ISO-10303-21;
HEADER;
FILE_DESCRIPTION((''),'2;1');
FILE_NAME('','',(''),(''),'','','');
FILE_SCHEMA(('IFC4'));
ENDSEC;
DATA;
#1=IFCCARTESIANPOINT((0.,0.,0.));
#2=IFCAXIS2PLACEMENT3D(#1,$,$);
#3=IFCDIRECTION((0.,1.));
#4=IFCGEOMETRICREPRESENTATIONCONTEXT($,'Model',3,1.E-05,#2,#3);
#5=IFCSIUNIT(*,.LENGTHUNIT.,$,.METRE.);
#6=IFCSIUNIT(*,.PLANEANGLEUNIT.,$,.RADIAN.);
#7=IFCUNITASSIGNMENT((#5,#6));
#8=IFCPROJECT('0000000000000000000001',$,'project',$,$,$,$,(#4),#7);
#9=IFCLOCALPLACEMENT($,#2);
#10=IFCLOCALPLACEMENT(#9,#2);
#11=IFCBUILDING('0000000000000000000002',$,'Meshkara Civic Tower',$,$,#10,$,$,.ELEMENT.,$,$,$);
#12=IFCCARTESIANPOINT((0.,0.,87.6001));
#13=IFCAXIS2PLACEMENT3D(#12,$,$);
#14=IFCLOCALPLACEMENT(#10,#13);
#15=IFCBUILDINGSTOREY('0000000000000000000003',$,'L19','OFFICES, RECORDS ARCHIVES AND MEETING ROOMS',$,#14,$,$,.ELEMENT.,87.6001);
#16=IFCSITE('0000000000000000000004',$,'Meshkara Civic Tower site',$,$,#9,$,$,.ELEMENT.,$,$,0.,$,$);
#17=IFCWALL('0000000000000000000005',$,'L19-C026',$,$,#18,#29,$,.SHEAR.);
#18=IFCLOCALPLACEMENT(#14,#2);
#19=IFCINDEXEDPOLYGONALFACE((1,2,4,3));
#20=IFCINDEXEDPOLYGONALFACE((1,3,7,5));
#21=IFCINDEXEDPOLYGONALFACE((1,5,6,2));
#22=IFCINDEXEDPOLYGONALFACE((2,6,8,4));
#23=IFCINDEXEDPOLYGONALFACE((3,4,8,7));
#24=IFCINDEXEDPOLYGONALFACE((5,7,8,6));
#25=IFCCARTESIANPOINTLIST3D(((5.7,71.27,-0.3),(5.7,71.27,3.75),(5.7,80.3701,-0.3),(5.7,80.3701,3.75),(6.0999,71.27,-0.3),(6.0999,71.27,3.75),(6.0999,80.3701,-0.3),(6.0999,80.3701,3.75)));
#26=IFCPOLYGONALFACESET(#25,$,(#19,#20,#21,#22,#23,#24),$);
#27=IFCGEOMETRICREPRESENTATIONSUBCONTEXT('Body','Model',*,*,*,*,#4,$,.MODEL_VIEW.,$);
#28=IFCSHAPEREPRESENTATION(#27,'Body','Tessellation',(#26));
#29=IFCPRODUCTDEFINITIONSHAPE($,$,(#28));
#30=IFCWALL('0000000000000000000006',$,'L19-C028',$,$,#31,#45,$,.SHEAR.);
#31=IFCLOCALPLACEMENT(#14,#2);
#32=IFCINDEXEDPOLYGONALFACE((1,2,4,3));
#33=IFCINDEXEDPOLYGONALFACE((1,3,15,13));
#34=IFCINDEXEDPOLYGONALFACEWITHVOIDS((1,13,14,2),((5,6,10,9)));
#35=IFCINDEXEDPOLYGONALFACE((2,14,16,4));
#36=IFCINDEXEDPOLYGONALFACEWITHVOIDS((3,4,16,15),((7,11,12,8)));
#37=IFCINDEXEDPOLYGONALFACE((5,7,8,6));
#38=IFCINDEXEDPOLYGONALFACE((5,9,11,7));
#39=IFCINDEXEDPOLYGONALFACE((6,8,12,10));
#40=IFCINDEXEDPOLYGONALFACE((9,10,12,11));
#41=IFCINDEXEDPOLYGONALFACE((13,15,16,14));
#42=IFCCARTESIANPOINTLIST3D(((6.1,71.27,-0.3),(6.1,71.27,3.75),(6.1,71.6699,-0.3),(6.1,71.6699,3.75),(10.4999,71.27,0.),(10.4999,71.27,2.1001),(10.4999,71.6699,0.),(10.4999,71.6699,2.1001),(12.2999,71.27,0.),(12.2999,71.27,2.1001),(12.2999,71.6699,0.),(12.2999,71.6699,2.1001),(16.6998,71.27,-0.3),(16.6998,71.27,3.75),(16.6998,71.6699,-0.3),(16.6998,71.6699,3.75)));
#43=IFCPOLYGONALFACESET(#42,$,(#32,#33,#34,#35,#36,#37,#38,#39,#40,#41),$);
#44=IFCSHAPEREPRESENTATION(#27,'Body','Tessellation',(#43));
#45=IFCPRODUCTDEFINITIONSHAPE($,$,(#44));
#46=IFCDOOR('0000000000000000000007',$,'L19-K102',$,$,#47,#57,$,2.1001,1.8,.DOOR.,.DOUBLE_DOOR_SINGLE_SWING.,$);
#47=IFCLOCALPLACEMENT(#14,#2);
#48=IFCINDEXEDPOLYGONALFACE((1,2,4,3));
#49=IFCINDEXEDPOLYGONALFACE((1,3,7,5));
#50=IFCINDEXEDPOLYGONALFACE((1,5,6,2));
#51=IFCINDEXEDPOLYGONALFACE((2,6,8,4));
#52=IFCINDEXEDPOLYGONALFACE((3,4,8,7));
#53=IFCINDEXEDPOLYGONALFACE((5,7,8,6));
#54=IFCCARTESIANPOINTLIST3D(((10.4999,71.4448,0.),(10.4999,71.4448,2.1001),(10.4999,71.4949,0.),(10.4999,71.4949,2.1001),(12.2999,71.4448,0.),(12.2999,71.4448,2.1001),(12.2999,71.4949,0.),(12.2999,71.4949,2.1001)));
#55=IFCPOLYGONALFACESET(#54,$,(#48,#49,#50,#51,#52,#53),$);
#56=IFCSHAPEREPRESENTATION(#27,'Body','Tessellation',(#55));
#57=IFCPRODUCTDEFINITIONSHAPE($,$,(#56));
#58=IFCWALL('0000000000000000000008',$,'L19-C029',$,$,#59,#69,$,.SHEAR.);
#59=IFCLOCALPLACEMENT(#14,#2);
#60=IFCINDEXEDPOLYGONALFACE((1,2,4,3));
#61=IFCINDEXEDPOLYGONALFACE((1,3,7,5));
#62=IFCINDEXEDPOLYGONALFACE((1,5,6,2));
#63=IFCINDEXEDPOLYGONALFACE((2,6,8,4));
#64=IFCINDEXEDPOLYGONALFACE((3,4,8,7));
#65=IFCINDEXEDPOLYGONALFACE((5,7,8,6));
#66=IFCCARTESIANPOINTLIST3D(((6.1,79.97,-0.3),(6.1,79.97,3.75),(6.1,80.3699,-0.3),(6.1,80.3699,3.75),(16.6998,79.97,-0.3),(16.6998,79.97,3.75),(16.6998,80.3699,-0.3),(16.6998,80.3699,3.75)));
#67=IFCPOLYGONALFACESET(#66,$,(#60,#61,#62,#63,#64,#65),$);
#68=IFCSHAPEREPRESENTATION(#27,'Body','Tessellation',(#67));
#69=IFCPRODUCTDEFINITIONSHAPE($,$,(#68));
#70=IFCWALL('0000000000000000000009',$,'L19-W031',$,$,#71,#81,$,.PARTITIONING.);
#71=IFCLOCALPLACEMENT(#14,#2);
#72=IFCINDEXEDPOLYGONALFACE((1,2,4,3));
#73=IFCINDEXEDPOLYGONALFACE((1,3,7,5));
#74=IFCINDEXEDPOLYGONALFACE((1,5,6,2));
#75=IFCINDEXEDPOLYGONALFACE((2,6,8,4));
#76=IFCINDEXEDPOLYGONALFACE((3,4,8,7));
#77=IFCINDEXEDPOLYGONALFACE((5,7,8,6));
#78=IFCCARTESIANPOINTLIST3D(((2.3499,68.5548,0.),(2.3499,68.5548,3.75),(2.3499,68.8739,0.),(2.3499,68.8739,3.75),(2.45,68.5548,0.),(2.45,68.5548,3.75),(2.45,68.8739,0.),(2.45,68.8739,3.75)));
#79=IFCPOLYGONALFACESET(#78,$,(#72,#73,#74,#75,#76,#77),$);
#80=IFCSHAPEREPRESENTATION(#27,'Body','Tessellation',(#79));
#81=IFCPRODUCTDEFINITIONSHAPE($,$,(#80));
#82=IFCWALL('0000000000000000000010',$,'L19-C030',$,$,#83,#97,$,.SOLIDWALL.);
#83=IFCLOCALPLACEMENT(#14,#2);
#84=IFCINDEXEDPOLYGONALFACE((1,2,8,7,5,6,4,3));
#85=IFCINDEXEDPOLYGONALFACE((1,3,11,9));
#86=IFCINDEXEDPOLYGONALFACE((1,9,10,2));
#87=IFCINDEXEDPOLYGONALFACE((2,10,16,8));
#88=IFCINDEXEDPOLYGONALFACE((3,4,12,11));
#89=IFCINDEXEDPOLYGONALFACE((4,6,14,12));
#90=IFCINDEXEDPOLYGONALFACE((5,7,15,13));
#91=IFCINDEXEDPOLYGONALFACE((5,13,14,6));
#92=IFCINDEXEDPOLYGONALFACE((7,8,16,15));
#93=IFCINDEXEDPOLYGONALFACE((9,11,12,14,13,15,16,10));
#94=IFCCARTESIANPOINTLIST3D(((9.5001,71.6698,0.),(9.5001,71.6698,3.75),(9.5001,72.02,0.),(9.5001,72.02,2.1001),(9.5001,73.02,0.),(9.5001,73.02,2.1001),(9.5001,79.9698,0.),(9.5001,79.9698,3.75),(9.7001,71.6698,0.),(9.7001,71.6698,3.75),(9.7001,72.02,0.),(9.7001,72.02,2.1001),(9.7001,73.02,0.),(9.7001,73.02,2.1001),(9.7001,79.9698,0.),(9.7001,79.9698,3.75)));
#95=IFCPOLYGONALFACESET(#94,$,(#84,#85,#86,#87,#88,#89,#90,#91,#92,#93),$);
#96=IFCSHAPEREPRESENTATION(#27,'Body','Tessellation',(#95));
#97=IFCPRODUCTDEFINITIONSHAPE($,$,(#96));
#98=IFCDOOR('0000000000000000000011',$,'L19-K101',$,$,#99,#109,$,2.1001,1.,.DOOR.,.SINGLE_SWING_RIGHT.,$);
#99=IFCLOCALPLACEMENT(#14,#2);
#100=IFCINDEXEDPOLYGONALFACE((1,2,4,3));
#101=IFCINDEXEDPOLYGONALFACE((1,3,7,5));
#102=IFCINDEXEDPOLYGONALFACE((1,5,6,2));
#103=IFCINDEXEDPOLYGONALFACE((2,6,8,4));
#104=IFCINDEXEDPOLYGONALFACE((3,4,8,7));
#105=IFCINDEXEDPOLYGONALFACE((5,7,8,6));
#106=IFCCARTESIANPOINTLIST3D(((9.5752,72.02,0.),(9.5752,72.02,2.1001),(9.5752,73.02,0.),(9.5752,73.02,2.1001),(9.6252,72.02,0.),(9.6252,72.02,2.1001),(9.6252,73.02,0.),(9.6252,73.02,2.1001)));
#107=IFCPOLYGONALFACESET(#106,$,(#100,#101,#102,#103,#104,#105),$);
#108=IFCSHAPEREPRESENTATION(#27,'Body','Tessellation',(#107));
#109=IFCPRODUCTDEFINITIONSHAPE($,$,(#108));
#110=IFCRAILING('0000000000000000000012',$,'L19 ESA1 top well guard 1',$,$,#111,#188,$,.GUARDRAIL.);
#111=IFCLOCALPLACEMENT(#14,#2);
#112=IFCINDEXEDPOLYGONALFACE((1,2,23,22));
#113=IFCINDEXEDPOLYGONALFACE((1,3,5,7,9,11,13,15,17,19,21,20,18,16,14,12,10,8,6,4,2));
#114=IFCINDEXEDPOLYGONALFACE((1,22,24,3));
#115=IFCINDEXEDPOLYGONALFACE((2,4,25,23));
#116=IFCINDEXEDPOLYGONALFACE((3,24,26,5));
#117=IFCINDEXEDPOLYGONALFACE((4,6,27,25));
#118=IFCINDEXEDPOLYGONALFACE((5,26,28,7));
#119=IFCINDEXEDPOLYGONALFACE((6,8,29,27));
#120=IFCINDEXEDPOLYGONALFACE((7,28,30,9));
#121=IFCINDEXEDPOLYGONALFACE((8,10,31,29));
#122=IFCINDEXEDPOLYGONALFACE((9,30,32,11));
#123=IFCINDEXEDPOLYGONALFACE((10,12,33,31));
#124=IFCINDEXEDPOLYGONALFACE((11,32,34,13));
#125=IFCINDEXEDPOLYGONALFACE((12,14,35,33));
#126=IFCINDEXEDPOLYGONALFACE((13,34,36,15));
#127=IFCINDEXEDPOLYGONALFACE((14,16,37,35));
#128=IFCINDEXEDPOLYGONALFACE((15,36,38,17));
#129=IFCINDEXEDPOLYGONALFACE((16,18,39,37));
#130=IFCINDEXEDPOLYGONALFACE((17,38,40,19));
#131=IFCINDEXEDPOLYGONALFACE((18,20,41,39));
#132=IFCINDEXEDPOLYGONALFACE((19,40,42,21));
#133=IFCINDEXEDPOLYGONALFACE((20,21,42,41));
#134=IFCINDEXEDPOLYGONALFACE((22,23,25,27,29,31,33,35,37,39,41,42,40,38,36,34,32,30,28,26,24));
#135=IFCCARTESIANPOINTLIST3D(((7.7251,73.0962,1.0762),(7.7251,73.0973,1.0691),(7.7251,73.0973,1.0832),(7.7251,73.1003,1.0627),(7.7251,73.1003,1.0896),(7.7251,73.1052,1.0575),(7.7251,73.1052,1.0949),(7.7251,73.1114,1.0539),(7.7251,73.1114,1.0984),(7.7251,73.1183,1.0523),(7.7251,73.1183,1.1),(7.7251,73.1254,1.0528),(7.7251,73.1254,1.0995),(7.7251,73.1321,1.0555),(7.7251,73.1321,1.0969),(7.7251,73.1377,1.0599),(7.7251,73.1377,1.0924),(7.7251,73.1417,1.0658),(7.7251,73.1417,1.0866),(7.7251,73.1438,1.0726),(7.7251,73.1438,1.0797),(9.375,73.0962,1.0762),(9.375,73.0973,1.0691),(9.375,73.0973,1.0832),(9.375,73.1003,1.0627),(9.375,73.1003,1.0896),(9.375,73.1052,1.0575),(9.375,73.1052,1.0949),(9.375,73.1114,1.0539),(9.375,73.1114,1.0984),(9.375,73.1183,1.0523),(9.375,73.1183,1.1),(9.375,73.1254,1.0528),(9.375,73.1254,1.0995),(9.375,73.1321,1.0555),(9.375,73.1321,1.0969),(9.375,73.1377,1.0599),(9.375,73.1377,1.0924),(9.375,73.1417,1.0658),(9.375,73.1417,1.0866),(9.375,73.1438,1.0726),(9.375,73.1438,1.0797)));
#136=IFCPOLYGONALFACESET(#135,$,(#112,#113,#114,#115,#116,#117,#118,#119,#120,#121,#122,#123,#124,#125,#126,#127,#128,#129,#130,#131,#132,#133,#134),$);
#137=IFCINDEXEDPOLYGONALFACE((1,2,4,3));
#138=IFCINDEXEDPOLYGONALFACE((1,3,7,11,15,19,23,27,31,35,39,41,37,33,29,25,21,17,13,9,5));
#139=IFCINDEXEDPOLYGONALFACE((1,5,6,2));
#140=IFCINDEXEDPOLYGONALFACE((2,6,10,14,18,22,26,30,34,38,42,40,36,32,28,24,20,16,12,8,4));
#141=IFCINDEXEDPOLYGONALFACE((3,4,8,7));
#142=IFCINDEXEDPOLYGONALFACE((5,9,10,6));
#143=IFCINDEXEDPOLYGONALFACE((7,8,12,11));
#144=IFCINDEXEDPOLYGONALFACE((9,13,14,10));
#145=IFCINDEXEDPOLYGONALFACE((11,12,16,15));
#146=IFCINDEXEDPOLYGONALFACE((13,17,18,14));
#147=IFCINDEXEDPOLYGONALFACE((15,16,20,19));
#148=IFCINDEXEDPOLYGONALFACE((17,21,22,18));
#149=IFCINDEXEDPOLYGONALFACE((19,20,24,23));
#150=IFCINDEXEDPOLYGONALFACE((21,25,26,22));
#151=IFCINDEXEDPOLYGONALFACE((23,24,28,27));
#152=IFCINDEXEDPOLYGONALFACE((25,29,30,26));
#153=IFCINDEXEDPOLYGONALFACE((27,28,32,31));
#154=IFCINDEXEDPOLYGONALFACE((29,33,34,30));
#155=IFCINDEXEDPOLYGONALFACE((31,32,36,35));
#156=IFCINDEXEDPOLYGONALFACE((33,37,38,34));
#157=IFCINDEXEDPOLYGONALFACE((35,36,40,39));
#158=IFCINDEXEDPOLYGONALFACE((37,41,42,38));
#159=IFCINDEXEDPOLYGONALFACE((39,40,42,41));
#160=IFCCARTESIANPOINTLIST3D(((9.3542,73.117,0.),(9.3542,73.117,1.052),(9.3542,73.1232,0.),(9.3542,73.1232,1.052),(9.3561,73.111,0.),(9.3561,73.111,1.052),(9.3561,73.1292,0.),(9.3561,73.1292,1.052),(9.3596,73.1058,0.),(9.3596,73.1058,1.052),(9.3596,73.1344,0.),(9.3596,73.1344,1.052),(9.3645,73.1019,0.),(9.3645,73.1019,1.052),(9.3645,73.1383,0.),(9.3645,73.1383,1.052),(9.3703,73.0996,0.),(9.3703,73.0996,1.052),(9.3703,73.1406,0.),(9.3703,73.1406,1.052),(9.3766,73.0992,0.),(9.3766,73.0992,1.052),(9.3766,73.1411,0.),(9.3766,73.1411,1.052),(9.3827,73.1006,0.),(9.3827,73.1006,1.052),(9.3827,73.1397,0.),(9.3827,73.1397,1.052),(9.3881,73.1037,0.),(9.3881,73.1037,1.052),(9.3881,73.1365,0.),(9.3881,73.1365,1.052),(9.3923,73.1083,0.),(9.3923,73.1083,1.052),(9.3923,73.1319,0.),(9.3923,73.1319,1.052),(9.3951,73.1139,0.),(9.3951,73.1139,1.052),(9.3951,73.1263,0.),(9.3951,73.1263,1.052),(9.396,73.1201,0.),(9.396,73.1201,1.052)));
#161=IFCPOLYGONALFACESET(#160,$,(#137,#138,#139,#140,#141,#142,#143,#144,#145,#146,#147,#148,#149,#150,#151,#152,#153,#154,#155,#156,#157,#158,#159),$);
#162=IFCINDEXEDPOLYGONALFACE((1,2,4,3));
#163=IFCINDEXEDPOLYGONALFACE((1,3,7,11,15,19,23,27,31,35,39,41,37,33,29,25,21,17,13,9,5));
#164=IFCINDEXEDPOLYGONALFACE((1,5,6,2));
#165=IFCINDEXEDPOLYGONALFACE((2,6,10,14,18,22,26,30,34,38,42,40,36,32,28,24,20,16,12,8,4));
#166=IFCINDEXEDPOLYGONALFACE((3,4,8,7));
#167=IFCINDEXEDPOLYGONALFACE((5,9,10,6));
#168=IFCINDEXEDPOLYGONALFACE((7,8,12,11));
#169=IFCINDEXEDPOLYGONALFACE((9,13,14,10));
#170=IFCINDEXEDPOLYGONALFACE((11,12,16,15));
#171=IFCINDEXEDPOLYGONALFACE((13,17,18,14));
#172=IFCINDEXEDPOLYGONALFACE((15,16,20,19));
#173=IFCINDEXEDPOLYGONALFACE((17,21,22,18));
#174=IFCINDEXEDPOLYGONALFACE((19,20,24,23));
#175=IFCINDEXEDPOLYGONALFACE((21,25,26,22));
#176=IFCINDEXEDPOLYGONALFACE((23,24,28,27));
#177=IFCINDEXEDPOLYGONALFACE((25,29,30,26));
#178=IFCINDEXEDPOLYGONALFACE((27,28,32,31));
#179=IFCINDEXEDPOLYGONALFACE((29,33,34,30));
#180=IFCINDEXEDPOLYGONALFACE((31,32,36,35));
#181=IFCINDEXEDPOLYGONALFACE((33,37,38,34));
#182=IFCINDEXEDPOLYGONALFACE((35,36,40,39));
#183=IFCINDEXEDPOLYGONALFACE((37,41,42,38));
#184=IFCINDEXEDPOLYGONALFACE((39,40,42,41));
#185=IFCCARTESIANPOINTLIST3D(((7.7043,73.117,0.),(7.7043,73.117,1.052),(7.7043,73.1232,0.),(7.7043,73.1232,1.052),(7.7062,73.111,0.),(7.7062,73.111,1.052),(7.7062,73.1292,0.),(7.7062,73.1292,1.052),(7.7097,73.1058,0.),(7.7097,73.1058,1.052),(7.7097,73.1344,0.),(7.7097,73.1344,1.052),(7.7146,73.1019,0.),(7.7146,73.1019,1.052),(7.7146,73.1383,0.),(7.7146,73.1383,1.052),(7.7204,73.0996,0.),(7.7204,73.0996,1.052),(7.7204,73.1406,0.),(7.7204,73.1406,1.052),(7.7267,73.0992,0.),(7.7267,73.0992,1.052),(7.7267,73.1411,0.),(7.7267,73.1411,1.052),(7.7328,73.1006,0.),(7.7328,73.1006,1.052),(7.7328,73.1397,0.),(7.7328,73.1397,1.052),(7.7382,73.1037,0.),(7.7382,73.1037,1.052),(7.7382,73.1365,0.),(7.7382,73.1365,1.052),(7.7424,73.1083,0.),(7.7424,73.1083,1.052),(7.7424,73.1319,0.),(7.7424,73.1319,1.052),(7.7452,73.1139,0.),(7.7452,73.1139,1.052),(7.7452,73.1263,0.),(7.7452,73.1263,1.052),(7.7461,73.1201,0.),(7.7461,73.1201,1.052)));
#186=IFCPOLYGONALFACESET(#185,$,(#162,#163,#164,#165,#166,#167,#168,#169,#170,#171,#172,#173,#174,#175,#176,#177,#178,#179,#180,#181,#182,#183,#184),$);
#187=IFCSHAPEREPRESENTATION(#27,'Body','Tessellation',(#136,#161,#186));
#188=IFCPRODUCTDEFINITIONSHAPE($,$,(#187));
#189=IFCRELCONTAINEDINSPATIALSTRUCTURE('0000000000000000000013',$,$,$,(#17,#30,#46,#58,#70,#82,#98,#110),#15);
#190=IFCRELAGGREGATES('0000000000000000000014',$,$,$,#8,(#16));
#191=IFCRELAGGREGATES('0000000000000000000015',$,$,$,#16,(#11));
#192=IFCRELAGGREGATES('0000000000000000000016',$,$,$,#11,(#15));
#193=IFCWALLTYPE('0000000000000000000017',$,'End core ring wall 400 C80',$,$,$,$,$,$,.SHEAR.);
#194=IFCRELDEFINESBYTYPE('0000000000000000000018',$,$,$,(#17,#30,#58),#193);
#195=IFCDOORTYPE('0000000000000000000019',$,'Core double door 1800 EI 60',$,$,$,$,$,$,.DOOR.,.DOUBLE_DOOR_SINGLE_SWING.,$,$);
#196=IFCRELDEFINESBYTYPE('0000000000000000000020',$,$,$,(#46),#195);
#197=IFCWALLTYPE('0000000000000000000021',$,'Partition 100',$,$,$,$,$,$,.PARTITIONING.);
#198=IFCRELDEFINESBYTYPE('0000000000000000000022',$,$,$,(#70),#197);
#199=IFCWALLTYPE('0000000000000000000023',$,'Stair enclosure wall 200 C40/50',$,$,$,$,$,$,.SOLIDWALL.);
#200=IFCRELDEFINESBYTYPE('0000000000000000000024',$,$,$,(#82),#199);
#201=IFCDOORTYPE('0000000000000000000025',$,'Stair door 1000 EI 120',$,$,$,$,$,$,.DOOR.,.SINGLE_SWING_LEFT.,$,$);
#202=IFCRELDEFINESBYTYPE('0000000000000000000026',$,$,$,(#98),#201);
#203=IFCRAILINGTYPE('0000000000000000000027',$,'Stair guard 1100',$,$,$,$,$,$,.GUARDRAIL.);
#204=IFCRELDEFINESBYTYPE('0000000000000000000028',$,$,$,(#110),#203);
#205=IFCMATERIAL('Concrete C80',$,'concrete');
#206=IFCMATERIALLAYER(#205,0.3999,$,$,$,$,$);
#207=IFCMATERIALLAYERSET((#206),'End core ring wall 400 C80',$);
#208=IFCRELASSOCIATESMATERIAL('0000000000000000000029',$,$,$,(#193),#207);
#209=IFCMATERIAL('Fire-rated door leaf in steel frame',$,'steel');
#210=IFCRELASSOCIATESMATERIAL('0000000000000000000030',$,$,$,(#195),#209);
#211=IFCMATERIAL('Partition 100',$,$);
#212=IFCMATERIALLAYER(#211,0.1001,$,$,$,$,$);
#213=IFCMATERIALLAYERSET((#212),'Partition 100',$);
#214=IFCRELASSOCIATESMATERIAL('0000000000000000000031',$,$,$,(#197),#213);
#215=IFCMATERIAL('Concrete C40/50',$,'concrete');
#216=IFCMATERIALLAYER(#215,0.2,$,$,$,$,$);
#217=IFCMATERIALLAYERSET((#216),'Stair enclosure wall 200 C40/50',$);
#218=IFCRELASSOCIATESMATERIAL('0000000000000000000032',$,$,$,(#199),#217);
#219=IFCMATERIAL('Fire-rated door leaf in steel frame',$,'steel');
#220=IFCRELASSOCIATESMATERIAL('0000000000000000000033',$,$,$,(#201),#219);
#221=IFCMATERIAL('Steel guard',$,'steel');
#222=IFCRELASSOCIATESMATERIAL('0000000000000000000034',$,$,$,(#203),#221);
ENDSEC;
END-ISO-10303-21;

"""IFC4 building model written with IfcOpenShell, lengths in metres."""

from ifc_helpers import new_model, si_unit, direction, frame, frame_2d, origin, origin_2d, place, context, subcontext, project, spatial, rectangle, circle, extrude, material, layer, layer_set, type_object, element, fill, save


model = new_model("IFC4")

# Units and contexts
model_context = context("Model", 3, precision=1e-05, world=origin(), true_north=direction((0.0, 1.0)))
body_context = subcontext(model_context, "Body", "Model", "MODEL_VIEW")
ifc_project = project(units=[si_unit("LENGTHUNIT", "METRE"), si_unit("PLANEANGLEUNIT", "RADIAN")], contexts=[model_context])

# Site, building, storey
site_placement = place(None, origin())
site = spatial("IfcSite", under=ifc_project, at=site_placement, Name="Meshkara Civic Tower site", CompositionType="ELEMENT", RefElevation=0.0)
building_placement = place(site_placement, origin())
building = spatial("IfcBuilding", under=site, at=building_placement, Name="Meshkara Civic Tower", CompositionType="ELEMENT")
storey_placement = place(building_placement, frame((0.0, 0.0, 87.6001)))
storey = spatial("IfcBuildingStorey", under=building, at=storey_placement, Name="L19", Description="OFFICES, RECORDS ARCHIVES AND MEETING ROOMS", CompositionType="ELEMENT", Elevation=87.6001)

# Wall
ifc_material_1 = material(Name="Concrete C80", Category="concrete")
ifc_layer_1 = layer(ifc_material_1, 0.3999)
ifc_layer_set_1 = layer_set([ifc_layer_1], Name="End core ring wall 400 C80")
wall_type_1 = type_object("IfcWallType", Name="End core ring wall 400 C80", PredefinedType="SHEAR", material=ifc_layer_set_1)
wall_1_placement = place(storey_placement, frame((5.8999, 71.27, -0.3), z_axis=(0.0, 0.0, 1.0), x_axis=(0.0, 1.0, 0.0)))
element("IfcWall", 1, at=wall_1_placement, inside=storey, type_object=wall_type_1, Name="L19-C026", PredefinedType="SHEAR", context=body_context, shape_type="SweptSolid", body=[
    extrude(rectangle(XDim=9.1001, YDim=0.3999, at=frame_2d((4.55, 0.0))), origin(), (0.0, 0.0, 1.0), 4.05),
])

# Wall, opening, door
wall_2_placement = place(storey_placement, frame((6.1001, 71.47, -0.3), z_axis=(0.0, 0.0, 1.0), x_axis=(1.0, 0.0, 0.0)))
wall_2 = element("IfcWall", 2, at=wall_2_placement, inside=storey, type_object=wall_type_1, Name="L19-C028", PredefinedType="SHEAR", context=body_context, shape_type="SweptSolid", body=[
    extrude(rectangle(XDim=10.5999, YDim=0.3999, at=frame_2d((5.2998, 0.0))), origin(), (0.0, 0.0, 1.0), 4.05),
])
opening_1_placement = place(wall_2_placement, frame((4.3999, 0.0, 0.3)))
opening_1 = element("IfcOpeningElement", 3, at=opening_1_placement, cuts=wall_2, PredefinedType="OPENING", context=body_context, shape_type="SweptSolid", body=[
    extrude(rectangle(XDim=1.8, YDim=2.1001, at=frame_2d((0.8999, 1.05))), frame((0.0, 0.21, 0.0), z_axis=(0.0, -1.0, 0.0), x_axis=(1.0, 0.0, 0.0)), (0.0, 0.0, 1.0), 0.4199),
])
ifc_material_2 = material(Name="Fire-rated door leaf in steel frame", Category="steel")
door_type_1 = type_object("IfcDoorType", Name="Core double door 1800 EI 60", OperationType="DOUBLE_DOOR_SINGLE_SWING", PredefinedType="DOOR", material=ifc_material_2)
door_1_placement = place(opening_1_placement, origin())
door_1 = element("IfcDoor", 4, at=door_1_placement, inside=storey, type_object=door_type_1, Name="L19-K102", OperationType="DOUBLE_DOOR_SINGLE_SWING", OverallHeight=2.1001, OverallWidth=1.8, PredefinedType="DOOR", context=body_context, shape_type="SweptSolid", body=[
    extrude(rectangle(XDim=1.8, YDim=2.1001, at=frame_2d((0.8999, 1.05))), frame((0.0, 0.0249, 0.0), z_axis=(0.0, -1.0, 0.0), x_axis=(1.0, 0.0, 0.0)), (0.0, 0.0, 1.0), 0.05),
])
fill(opening_1, door_1)

# Walls
wall_3_placement = place(storey_placement, frame((6.1001, 80.1699, -0.3), z_axis=(0.0, 0.0, 1.0), x_axis=(1.0, 0.0, 0.0)))
element("IfcWall", 5, at=wall_3_placement, inside=storey, type_object=wall_type_1, Name="L19-C029", PredefinedType="SHEAR", context=body_context, shape_type="SweptSolid", body=[
    extrude(rectangle(XDim=10.5999, YDim=0.3999, at=frame_2d((5.2998, 0.0))), origin(), (0.0, 0.0, 1.0), 4.05),
])
ifc_material_3 = material(Name="Partition 100")
ifc_layer_2 = layer(ifc_material_3, 0.1001)
ifc_layer_set_2 = layer_set([ifc_layer_2], Name="Partition 100")
wall_type_2 = type_object("IfcWallType", Name="Partition 100", PredefinedType="PARTITIONING", material=ifc_layer_set_2)
wall_4_placement = place(storey_placement, frame((2.3999, 68.874, 0.0), z_axis=(0.0, 0.0, 1.0), x_axis=(0.0, -1.0, 0.0)))
element("IfcWall", 6, at=wall_4_placement, inside=storey, type_object=wall_type_2, Name="L19-W031", PredefinedType="PARTITIONING", context=body_context, shape_type="SweptSolid", body=[
    extrude(rectangle(XDim=0.3191, YDim=0.1001, at=frame_2d((0.1597, 0.0))), origin(), (0.0, 0.0, 1.0), 3.75),
])

# Wall, opening, door
ifc_material_4 = material(Name="Concrete C40/50", Category="concrete")
ifc_layer_3 = layer(ifc_material_4, 0.2)
ifc_layer_set_3 = layer_set([ifc_layer_3], Name="Stair enclosure wall 200 C40/50")
wall_type_3 = type_object("IfcWallType", Name="Stair enclosure wall 200 C40/50", PredefinedType="SOLIDWALL", material=ifc_layer_set_3)
wall_5_placement = place(storey_placement, frame((9.6001, 71.6699, 0.0), z_axis=(0.0, 0.0, 1.0), x_axis=(0.0, 1.0, 0.0)))
wall_5 = element("IfcWall", 7, at=wall_5_placement, inside=storey, type_object=wall_type_3, Name="L19-C030", PredefinedType="SOLIDWALL", context=body_context, shape_type="SweptSolid", body=[
    extrude(rectangle(XDim=8.3, YDim=0.2, at=frame_2d((4.1499, 0.0))), origin(), (0.0, 0.0, 1.0), 3.75),
])
opening_2_placement = place(wall_5_placement, frame((0.3501, 0.0, 0.0)))
opening_2 = element("IfcOpeningElement", 8, at=opening_2_placement, cuts=wall_5, PredefinedType="OPENING", context=body_context, shape_type="SweptSolid", body=[
    extrude(rectangle(XDim=1.0, YDim=2.1001, at=frame_2d((0.5, 1.05))), frame((0.0, 0.1099, 0.0), z_axis=(0.0, -1.0, 0.0), x_axis=(1.0, 0.0, 0.0)), (0.0, 0.0, 1.0), 0.22),
])
ifc_material_5 = material(Name="Fire-rated door leaf in steel frame", Category="steel")
door_type_2 = type_object("IfcDoorType", Name="Stair door 1000 EI 120", OperationType="SINGLE_SWING_LEFT", PredefinedType="DOOR", material=ifc_material_5)
door_2_placement = place(opening_2_placement, origin())
door_2 = element("IfcDoor", 9, at=door_2_placement, inside=storey, type_object=door_type_2, Name="L19-K101", OperationType="SINGLE_SWING_RIGHT", OverallHeight=2.1001, OverallWidth=1.0, PredefinedType="DOOR", context=body_context, shape_type="SweptSolid", body=[
    extrude(rectangle(XDim=1.0, YDim=2.1001, at=frame_2d((0.5, 1.05))), frame((0.0, 0.0249, 0.0), z_axis=(0.0, -1.0, 0.0), x_axis=(1.0, 0.0, 0.0)), (0.0, 0.0, 1.0), 0.05),
])
fill(opening_2, door_2)

# Railing
ifc_material_6 = material(Name="Steel guard", Category="steel")
railing_type = type_object("IfcRailingType", Name="Stair guard 1100", PredefinedType="GUARDRAIL", material=ifc_material_6)
railing_placement = place(storey_placement, frame((9.375, 73.1201, 0.0)))
element("IfcRailing", 10, at=railing_placement, inside=storey, type_object=railing_type, Name="L19 ESA1 top well guard 1", PredefinedType="GUARDRAIL", context=body_context, shape_type="SweptSolid", body=[
    extrude(circle(Radius=0.0239, at=origin_2d()), frame((0.0, 0.0, 1.0762), z_axis=(-1.0, 0.0, 0.0), x_axis=(0.0, -1.0, 0.0)), (0.0, 0.0, 1.0), 1.6499),
    extrude(circle(Radius=0.021, at=origin_2d()), origin(), (0.0, 0.0, 1.0), 1.052),
    extrude(circle(Radius=0.021, at=origin_2d()), frame((-1.6499, 0.0, 0.0)), (0.0, 0.0, 1.0), 1.052),
])

save(model, "model.ifc")
